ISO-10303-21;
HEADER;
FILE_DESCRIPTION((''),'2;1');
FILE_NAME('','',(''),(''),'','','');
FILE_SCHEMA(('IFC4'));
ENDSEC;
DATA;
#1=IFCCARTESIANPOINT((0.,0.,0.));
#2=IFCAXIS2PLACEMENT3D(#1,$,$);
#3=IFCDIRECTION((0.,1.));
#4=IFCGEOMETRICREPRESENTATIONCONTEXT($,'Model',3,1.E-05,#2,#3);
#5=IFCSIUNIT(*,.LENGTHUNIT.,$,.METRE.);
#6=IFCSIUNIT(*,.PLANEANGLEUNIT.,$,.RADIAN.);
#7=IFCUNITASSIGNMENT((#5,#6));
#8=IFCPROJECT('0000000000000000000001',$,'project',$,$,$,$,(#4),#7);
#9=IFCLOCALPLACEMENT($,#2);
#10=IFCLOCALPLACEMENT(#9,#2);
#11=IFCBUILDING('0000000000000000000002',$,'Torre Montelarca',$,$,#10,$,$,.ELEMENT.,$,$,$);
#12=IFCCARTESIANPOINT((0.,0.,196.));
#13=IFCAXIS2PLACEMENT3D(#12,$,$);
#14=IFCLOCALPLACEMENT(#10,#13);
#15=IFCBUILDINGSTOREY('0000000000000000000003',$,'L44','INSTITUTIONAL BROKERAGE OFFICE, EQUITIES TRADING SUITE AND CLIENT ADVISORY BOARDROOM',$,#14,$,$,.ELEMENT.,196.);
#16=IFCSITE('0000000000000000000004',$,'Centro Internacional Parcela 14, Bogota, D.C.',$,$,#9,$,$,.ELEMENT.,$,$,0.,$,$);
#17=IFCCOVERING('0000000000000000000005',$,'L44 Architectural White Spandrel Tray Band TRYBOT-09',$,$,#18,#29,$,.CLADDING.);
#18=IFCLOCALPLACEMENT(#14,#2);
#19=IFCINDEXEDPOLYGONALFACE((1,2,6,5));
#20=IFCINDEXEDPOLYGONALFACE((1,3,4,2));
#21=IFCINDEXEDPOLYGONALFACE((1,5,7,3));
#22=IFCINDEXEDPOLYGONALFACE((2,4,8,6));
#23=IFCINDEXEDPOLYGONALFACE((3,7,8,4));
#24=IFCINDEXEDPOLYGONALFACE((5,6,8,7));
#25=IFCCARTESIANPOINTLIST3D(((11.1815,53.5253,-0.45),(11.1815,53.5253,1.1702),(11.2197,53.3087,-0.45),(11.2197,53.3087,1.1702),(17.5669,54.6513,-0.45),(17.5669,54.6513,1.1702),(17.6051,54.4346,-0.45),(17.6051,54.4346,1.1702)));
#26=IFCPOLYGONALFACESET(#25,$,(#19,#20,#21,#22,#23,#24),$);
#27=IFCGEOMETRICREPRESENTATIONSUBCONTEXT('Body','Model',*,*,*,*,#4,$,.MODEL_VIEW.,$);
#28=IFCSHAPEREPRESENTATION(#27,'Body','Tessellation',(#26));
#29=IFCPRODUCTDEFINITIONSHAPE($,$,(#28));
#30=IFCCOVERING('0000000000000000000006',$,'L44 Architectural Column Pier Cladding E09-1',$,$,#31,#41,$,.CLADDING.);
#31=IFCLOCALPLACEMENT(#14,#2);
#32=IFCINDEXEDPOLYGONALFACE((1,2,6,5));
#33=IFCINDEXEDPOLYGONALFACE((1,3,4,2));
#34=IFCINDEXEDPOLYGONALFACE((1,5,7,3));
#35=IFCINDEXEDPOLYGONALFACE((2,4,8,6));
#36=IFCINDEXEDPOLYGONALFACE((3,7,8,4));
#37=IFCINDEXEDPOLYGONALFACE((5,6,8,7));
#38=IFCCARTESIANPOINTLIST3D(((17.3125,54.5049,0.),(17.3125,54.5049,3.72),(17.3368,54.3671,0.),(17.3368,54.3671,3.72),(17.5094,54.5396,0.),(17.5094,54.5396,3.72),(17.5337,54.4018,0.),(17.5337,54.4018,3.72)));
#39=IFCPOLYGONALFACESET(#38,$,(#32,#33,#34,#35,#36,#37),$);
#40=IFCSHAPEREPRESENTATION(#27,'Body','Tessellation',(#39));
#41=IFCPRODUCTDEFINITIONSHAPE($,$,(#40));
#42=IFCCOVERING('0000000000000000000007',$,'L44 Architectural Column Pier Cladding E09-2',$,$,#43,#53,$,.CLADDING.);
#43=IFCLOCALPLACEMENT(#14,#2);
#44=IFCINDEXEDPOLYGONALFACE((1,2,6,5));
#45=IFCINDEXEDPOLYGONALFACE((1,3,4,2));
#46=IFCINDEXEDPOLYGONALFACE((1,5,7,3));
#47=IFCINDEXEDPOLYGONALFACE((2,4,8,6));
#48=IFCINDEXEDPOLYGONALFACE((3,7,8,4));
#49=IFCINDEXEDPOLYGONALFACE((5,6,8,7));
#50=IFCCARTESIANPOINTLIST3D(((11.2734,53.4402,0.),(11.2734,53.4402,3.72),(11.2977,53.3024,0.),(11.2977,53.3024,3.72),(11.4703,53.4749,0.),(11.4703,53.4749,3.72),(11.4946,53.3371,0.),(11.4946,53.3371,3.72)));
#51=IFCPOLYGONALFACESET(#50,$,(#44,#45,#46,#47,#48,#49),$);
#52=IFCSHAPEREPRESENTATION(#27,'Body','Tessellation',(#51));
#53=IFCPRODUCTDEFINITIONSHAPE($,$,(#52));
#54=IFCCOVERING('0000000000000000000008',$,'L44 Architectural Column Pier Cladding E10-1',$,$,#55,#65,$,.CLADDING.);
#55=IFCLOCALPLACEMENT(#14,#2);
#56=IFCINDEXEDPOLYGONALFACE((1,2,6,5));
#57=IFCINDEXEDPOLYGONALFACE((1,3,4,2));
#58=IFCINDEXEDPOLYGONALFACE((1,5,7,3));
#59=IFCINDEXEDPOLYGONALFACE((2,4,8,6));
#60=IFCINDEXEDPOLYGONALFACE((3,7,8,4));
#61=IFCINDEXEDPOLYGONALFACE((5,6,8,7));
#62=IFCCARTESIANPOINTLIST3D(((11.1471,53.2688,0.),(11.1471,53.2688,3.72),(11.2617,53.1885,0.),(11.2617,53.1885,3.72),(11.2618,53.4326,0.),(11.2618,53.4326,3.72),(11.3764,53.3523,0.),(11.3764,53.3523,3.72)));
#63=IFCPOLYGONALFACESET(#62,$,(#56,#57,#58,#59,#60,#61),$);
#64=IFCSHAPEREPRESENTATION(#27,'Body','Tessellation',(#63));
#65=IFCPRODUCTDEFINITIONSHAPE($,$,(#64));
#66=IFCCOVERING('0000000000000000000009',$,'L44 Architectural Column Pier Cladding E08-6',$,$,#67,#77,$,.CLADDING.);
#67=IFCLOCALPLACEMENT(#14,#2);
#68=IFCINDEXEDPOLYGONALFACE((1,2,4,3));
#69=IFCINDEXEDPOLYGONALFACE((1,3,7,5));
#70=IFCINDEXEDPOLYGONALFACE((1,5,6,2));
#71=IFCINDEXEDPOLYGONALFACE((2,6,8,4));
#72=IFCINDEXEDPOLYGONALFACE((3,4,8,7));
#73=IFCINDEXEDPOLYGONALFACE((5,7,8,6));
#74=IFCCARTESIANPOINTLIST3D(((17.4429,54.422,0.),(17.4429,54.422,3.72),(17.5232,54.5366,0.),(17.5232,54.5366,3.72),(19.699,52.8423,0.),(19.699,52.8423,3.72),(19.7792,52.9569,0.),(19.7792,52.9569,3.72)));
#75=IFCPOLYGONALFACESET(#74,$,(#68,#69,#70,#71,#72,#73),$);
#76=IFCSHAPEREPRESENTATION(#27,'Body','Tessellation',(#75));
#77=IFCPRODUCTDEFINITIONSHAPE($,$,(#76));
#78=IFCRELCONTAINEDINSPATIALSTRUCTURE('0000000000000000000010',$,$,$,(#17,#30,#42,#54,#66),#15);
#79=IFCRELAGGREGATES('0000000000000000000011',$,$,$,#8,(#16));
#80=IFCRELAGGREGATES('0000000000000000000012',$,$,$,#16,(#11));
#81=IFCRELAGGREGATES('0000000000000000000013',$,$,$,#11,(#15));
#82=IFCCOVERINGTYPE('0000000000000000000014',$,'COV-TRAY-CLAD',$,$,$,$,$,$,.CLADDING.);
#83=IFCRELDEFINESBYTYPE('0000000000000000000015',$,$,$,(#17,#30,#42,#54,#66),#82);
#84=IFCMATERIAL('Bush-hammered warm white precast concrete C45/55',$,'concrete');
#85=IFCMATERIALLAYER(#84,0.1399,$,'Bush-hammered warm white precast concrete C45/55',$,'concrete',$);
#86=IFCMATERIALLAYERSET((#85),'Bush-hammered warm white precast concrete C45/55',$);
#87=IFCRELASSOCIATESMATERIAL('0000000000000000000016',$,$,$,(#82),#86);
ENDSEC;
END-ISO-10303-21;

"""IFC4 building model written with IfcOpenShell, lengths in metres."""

from ifc_helpers import new_model, si_unit, direction, frame, origin, origin_2d, place, context, subcontext, project, spatial, rectangle, extrude, source, transform, mapped, material, layer, layer_set, type_object, element, save


model = new_model("IFC4")

# Units and contexts
model_context = context("Model", 3, precision=1e-05, world=origin(), true_north=direction((0.0, 1.0)))
body_context = subcontext(model_context, "Body", "Model", "MODEL_VIEW")
ifc_project = project(units=[si_unit("LENGTHUNIT", "METRE"), si_unit("PLANEANGLEUNIT", "RADIAN")], contexts=[model_context])

# Site, building, storey
site_placement = place(None, origin())
site = spatial("IfcSite", under=ifc_project, at=site_placement, Name="Centro Internacional Parcela 14, Bogota, D.C.", CompositionType="ELEMENT", RefElevation=0.0)
building_placement = place(site_placement, origin())
building = spatial("IfcBuilding", under=site, at=building_placement, Name="Torre Montelarca", CompositionType="ELEMENT")
storey_placement = place(building_placement, frame((0.0, 0.0, 196.0)))
storey = spatial("IfcBuildingStorey", under=building, at=storey_placement, Name="L44", Description="INSTITUTIONAL BROKERAGE OFFICE, EQUITIES TRADING SUITE AND CLIENT ADVISORY BOARDROOM", CompositionType="ELEMENT", Elevation=196.0)

# Coverings
ifc_material_1 = material(Name="Bush-hammered warm white precast concrete C45/55", Category="concrete")
ifc_layer_1 = layer(ifc_material_1, 0.1399, Name="Bush-hammered warm white precast concrete C45/55", Category="concrete")
ifc_layer_set_1 = layer_set([ifc_layer_1], Name="Bush-hammered warm white precast concrete C45/55")
covering_type = type_object("IfcCoveringType", Name="COV-TRAY-CLAD", PredefinedType="CLADDING", material=ifc_layer_set_1)
shared_shape_1 = source(origin(), body_context, "Body", "SweptSolid", [
    extrude(rectangle(XDim=6.4839, YDim=0.22, at=origin_2d()), origin(), (0.0, 0.0, 1.0), 1.6201),
])
covering_1_placement = place(storey_placement, frame((14.3933, 53.98, -0.45), z_axis=(0.0, 0.0, 1.0), x_axis=(-0.984807, -0.17365, 0.0)))
element("IfcCovering", 1, at=covering_1_placement, inside=storey, type_object=covering_type, Name="L44 Architectural White Spandrel Tray Band TRYBOT-09", PredefinedType="CLADDING", context=body_context, shape_type="MappedRepresentation", body=[
    mapped(shared_shape_1, transform((0.0, 0.0, 0.0), scale=1.0)),
])
shared_shape_2 = source(origin(), body_context, "Body", "SweptSolid", [
    extrude(rectangle(XDim=0.2, YDim=0.1399, at=origin_2d()), origin(), (0.0, 0.0, 1.0), 3.72),
])
for number, where, z_axis, x_axis, name in (
    (2, (17.4231, 54.4534, 0.0), (0.0, 0.0, 1.0), (-0.984808, -0.173645, 0.0), "L44 Architectural Column Pier Cladding E09-1"),
    (3, (11.384, 53.3887, 0.0), (0.0, 0.0, 1.0), (-0.984808, -0.173645, 0.0), "L44 Architectural Column Pier Cladding E09-2"),
    (4, (11.2617, 53.3105, 0.0), (0.0, 0.0, 1.0), (-0.573572, -0.819155, 0.0), "L44 Architectural Column Pier Cladding E10-1"),
):
    element("IfcCovering", number, at=place(storey_placement, frame(where, z_axis=z_axis, x_axis=x_axis)), inside=storey, type_object=covering_type, Name=name, PredefinedType="CLADDING", context=body_context, shape_type="MappedRepresentation", body=[
        mapped(shared_shape_2, transform((0.0, 0.0, 0.0), scale=1.0)),
    ])
shared_shape_3 = source(origin(), body_context, "Body", "SweptSolid", [
    extrude(rectangle(XDim=2.7542, YDim=0.1399, at=origin_2d()), origin(), (0.0, 0.0, 1.0), 3.72),
])
covering_2_placement = place(storey_placement, frame((18.6111, 53.6895, 0.0), z_axis=(0.0, 0.0, 1.0), x_axis=(-0.819154, 0.573574, 0.0)))
element("IfcCovering", 5, at=covering_2_placement, inside=storey, type_object=covering_type, Name="L44 Architectural Column Pier Cladding E08-6", PredefinedType="CLADDING", context=body_context, shape_type="MappedRepresentation", body=[
    mapped(shared_shape_3, transform((0.0, 0.0, 0.0), scale=1.0)),
])

save(model, "model.ifc")
